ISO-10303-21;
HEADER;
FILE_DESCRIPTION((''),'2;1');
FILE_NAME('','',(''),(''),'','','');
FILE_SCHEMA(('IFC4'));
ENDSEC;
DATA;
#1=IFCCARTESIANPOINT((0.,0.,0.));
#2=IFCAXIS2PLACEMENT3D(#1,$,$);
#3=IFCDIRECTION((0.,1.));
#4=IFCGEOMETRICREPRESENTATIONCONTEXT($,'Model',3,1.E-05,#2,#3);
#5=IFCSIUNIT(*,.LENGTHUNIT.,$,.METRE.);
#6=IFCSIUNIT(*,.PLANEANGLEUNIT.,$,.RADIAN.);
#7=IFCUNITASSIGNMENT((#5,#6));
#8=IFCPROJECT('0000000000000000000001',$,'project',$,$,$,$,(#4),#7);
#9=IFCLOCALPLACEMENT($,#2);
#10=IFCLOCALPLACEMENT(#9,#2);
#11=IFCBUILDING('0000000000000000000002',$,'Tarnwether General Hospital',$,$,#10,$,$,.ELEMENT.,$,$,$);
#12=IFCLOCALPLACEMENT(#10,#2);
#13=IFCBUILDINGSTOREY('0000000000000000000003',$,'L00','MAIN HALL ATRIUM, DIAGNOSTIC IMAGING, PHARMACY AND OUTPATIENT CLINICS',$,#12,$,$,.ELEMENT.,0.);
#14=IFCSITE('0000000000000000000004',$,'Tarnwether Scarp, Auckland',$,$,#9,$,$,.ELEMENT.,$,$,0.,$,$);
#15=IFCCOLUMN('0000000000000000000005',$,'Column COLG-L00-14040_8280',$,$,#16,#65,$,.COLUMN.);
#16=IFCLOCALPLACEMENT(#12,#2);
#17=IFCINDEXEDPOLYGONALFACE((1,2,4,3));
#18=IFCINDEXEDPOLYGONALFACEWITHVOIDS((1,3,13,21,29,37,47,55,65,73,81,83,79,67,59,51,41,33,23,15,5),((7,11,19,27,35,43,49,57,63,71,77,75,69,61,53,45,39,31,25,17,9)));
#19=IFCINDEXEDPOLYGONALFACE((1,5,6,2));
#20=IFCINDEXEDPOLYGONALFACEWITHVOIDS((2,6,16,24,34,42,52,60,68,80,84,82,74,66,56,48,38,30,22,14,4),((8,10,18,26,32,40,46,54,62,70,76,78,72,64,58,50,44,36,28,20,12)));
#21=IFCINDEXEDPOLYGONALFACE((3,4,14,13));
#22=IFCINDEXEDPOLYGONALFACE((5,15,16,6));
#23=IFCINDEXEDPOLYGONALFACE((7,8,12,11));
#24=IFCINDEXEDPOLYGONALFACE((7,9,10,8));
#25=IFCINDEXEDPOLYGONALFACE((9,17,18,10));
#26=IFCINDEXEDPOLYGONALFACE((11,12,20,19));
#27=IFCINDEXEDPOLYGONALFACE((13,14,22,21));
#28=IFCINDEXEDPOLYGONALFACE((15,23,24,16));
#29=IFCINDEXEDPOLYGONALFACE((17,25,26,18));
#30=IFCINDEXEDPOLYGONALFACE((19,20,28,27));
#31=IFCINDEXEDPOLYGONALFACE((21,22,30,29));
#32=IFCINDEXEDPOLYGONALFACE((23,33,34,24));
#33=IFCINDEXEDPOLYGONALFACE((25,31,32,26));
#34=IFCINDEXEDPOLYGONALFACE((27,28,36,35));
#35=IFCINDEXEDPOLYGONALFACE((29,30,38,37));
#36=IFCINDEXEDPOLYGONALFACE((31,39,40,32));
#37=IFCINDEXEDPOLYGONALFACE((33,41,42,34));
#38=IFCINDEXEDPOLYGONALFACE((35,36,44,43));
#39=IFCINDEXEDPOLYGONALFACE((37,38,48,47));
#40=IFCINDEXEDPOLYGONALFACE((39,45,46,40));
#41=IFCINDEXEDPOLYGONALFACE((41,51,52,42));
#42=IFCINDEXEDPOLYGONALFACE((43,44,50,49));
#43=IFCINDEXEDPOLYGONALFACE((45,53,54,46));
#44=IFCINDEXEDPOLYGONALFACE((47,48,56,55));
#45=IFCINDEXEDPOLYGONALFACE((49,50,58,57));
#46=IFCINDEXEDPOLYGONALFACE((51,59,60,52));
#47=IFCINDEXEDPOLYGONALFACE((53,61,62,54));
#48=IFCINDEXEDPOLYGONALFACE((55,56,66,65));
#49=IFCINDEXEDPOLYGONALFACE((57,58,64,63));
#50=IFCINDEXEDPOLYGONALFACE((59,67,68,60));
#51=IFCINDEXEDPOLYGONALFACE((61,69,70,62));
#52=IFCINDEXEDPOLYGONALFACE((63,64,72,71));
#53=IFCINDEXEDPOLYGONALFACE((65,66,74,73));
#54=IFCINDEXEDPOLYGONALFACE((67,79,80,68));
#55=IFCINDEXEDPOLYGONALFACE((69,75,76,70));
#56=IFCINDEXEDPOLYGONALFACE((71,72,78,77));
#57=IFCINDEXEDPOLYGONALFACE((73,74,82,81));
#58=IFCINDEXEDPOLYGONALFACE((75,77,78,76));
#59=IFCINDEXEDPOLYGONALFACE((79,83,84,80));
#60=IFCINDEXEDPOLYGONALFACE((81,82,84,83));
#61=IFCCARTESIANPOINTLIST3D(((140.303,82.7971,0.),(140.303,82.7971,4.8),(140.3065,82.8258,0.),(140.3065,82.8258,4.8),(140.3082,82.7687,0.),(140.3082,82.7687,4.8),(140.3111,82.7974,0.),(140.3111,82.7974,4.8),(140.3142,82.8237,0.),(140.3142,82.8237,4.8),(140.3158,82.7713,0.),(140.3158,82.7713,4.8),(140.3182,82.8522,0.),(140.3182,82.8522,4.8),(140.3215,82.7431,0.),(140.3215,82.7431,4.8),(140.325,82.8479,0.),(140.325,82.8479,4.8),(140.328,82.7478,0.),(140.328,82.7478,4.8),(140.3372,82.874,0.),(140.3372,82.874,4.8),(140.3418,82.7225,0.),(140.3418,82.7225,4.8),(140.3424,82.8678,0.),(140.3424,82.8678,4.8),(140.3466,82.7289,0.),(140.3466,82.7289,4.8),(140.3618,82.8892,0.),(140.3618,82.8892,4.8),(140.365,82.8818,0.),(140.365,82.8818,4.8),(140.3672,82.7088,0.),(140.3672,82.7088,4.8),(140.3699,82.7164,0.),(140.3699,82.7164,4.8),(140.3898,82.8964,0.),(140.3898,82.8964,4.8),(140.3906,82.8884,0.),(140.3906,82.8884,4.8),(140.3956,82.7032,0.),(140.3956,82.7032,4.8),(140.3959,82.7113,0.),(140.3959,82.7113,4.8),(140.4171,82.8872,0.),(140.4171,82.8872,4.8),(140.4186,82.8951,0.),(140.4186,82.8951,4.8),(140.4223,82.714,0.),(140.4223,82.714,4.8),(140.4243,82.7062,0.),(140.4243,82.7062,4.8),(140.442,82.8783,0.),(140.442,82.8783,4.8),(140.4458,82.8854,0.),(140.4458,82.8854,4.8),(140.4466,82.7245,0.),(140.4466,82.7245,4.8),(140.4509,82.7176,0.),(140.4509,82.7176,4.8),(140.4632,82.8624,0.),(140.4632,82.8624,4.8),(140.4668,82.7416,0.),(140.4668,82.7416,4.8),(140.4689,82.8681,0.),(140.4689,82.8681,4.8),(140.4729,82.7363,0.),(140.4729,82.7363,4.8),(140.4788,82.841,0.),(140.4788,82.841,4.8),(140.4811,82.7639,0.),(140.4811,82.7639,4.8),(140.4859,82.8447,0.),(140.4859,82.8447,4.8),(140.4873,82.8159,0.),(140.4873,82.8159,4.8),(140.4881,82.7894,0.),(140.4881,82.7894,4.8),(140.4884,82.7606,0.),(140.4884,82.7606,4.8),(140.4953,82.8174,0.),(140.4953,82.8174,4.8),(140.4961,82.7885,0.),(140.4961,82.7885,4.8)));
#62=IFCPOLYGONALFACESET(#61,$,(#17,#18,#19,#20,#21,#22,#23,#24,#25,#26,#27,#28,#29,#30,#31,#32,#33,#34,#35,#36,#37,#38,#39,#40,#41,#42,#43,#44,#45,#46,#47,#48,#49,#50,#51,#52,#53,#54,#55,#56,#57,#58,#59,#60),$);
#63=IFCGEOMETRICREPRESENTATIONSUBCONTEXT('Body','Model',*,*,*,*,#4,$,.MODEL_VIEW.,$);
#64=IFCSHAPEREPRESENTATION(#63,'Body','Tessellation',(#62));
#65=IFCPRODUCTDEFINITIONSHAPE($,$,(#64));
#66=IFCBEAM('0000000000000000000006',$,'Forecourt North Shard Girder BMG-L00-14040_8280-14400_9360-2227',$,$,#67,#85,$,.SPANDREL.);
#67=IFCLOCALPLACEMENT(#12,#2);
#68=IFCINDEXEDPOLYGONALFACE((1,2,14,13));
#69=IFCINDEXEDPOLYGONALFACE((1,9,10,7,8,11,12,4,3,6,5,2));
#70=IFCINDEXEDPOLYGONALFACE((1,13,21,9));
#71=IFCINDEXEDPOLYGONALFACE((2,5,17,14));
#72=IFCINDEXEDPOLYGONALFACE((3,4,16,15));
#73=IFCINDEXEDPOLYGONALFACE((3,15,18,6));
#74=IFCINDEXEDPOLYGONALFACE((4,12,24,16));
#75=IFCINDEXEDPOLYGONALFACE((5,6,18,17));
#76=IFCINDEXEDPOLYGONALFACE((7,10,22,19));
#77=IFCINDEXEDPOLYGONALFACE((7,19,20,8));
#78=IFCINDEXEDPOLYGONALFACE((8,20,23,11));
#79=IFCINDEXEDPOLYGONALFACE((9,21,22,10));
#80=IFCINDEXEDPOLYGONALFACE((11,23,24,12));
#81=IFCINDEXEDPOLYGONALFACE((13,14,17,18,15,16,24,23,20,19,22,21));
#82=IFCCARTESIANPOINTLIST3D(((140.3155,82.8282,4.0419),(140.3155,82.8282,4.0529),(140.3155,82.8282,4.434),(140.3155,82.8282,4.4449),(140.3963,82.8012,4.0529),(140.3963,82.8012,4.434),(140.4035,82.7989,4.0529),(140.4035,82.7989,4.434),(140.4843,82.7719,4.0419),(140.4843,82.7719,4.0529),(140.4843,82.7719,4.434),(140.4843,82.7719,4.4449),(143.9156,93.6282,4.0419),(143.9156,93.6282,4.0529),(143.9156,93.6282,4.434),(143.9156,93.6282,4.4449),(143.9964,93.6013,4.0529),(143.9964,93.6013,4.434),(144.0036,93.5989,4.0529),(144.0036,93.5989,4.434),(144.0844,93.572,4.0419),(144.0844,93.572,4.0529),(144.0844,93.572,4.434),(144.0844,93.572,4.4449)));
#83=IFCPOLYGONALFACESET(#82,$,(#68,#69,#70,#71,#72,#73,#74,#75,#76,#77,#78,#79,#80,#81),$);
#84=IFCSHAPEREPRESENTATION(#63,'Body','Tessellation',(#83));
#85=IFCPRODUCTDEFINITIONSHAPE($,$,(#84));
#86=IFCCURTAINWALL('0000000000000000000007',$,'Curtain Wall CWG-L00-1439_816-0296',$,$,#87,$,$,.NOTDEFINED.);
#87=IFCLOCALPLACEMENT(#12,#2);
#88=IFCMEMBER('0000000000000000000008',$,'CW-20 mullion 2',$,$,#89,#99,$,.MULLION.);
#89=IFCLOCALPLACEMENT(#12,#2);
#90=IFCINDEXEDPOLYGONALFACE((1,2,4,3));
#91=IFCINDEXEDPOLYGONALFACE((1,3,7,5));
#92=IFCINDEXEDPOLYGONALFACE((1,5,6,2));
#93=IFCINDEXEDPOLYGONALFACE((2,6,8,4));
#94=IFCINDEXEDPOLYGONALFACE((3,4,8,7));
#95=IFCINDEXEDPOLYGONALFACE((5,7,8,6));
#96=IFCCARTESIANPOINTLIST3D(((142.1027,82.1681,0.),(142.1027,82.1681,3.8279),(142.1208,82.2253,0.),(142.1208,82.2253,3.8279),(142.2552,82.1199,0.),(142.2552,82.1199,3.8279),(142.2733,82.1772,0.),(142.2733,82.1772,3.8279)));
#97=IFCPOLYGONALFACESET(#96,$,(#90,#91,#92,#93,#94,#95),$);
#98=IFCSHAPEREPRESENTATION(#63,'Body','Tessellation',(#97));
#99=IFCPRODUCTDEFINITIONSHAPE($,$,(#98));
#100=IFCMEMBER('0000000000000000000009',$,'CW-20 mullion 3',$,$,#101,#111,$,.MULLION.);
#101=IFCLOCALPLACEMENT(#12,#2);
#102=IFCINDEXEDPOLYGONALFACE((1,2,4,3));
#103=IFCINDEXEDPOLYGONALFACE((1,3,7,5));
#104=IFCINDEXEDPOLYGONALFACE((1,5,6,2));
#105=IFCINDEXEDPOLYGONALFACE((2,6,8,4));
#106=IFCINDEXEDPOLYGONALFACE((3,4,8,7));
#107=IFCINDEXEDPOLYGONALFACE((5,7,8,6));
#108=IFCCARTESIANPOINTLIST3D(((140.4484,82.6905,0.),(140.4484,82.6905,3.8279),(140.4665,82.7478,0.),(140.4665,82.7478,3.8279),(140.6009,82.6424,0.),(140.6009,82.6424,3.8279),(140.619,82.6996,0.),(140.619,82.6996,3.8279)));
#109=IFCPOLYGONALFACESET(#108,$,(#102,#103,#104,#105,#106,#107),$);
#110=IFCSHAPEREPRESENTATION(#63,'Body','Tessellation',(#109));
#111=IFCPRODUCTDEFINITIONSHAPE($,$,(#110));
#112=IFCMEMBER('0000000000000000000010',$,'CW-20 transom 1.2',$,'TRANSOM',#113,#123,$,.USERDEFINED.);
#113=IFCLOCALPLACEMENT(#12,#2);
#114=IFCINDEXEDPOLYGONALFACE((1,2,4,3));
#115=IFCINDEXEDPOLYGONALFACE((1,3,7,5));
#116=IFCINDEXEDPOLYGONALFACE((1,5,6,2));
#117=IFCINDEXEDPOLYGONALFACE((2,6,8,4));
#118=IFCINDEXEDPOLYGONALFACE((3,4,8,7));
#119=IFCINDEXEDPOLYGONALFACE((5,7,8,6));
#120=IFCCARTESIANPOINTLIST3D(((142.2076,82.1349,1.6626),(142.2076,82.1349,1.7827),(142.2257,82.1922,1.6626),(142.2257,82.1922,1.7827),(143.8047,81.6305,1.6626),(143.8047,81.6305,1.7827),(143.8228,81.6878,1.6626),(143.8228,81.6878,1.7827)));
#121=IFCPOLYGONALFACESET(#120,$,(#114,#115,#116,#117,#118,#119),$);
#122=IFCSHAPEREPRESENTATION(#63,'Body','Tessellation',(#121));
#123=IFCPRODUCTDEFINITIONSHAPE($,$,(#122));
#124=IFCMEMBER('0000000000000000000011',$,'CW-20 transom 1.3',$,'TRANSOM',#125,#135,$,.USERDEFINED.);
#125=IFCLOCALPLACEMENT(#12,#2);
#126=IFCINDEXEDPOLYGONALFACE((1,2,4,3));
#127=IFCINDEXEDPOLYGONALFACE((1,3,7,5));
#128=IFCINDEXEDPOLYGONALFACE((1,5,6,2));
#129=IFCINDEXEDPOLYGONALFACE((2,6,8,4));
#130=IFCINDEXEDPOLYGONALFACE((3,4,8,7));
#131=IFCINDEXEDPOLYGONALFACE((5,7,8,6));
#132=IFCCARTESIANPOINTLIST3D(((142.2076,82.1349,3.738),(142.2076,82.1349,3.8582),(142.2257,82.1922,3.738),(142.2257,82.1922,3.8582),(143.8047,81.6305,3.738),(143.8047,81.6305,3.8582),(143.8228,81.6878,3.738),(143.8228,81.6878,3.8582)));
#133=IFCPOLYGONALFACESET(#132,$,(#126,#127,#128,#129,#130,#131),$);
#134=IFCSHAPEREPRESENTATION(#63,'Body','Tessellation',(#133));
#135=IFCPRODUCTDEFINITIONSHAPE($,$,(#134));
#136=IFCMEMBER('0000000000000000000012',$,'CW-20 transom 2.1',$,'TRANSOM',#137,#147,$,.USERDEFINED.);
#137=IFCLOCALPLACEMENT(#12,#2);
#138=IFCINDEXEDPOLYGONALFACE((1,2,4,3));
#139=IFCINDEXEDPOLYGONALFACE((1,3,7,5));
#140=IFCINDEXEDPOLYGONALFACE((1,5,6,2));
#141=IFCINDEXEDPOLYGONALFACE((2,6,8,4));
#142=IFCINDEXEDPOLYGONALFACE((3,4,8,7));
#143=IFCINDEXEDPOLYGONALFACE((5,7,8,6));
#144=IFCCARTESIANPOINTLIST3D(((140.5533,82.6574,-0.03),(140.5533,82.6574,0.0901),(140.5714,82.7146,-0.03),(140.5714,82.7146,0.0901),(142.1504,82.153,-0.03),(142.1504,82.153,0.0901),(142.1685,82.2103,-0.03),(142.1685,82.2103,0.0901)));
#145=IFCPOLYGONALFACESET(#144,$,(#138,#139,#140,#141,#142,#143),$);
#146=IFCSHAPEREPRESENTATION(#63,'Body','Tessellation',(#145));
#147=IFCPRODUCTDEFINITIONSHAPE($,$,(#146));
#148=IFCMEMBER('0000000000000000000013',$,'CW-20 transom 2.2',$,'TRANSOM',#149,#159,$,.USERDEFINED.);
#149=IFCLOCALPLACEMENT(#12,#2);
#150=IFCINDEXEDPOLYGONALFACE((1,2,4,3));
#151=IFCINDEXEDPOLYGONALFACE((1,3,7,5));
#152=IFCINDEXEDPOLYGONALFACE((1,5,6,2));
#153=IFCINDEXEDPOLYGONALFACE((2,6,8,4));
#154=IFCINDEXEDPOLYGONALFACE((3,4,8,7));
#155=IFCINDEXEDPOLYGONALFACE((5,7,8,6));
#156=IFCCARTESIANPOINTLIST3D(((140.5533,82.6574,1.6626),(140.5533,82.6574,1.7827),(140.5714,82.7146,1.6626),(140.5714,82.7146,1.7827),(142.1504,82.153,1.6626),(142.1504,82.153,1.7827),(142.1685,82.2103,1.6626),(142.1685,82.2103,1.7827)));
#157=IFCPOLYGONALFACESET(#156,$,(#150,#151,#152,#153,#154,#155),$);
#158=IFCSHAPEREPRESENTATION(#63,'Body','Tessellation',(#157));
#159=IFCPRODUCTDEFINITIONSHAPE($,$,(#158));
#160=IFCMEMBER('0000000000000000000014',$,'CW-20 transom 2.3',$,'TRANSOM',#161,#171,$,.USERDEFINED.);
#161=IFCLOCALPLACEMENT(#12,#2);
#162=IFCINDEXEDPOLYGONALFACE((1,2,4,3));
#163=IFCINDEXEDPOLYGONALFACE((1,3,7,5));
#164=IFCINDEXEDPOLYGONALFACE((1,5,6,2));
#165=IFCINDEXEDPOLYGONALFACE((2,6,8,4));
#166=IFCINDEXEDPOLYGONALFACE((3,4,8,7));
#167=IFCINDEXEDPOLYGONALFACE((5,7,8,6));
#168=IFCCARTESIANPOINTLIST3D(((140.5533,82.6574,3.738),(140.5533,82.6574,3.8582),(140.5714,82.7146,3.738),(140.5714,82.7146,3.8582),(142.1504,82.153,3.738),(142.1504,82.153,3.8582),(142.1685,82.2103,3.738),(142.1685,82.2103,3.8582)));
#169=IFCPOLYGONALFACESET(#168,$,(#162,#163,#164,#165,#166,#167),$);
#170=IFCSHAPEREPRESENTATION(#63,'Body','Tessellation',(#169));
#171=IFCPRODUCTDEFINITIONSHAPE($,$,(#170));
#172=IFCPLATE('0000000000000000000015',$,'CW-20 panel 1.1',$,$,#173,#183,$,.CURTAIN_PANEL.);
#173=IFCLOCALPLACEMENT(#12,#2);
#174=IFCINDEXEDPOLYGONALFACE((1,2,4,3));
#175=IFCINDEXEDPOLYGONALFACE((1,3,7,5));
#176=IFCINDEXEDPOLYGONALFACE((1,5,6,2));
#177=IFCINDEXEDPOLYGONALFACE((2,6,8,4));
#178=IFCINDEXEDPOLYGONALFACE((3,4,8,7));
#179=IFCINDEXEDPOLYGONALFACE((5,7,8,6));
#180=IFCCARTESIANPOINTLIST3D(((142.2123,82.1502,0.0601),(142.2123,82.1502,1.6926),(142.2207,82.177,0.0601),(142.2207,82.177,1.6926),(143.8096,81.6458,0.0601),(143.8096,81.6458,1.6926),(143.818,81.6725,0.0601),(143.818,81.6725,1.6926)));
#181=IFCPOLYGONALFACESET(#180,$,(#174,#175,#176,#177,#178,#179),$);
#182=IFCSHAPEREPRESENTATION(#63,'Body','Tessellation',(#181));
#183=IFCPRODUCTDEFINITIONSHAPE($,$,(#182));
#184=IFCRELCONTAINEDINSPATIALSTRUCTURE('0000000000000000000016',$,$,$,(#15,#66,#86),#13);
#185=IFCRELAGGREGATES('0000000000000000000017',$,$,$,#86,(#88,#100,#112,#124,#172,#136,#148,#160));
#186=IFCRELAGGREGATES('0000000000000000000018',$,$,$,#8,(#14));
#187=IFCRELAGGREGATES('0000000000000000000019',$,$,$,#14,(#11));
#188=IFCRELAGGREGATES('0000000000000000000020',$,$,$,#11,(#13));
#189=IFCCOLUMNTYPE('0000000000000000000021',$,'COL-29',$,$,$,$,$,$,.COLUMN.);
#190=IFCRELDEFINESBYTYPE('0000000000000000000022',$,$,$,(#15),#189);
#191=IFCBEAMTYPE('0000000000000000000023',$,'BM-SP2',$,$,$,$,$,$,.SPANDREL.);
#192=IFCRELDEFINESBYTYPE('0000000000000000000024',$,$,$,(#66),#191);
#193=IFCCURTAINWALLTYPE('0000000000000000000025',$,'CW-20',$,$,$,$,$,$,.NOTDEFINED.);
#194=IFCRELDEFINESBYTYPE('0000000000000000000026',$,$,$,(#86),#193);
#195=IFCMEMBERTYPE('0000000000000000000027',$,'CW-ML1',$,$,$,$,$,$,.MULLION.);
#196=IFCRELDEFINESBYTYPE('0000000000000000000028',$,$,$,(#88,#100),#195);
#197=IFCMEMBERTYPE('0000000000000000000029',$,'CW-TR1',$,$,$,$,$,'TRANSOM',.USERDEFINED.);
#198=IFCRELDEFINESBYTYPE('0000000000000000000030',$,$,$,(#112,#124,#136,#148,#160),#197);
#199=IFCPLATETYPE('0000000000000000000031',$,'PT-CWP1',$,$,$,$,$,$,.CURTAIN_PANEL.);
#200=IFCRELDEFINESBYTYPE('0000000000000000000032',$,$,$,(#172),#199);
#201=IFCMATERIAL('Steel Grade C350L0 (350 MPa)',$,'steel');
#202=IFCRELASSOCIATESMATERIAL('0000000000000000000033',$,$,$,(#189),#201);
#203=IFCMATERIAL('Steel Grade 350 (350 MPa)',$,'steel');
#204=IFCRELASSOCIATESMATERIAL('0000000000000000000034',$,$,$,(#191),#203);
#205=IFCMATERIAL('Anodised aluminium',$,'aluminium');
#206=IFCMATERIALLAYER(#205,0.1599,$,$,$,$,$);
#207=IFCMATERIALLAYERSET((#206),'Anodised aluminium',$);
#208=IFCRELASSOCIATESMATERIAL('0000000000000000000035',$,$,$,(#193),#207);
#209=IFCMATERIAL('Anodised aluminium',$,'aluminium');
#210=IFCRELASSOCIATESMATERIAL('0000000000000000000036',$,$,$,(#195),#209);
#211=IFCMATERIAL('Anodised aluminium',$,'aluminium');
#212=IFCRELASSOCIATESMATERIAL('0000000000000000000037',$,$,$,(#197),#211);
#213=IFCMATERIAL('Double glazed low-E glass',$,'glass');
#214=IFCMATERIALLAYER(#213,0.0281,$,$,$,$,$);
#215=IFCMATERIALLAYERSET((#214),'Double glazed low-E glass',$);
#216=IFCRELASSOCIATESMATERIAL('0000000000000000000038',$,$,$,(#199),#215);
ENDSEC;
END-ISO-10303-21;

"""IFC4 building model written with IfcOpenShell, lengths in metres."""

from ifc_helpers import new_model, si_unit, direction, frame, origin, origin_2d, place, context, subcontext, project, spatial, rectangle, hollow_circle, i_section, extrude, material, layer, layer_set, material_profile, profile_set, type_object, element, aggregate, save


model = new_model("IFC4")

# Units and contexts
model_context = context("Model", 3, precision=1e-05, world=origin(), true_north=direction((0.0, 1.0)))
body_context = subcontext(model_context, "Body", "Model", "MODEL_VIEW")
ifc_project = project(units=[si_unit("LENGTHUNIT", "METRE"), si_unit("PLANEANGLEUNIT", "RADIAN")], contexts=[model_context])

# Site, building, storey
site_placement = place(None, origin())
site = spatial("IfcSite", under=ifc_project, at=site_placement, Name="Tarnwether Scarp, Auckland", CompositionType="ELEMENT", RefElevation=0.0)
building_placement = place(site_placement, origin())
building = spatial("IfcBuilding", under=site, at=building_placement, Name="Tarnwether General Hospital", CompositionType="ELEMENT")
storey_placement = place(building_placement, origin())
storey = spatial("IfcBuildingStorey", under=building, at=storey_placement, Name="L00", Description="MAIN HALL ATRIUM, DIAGNOSTIC IMAGING, PHARMACY AND OUTPATIENT CLINICS", CompositionType="ELEMENT", Elevation=0.0)

# Column
ifc_material_1 = material(Name="Steel Grade C350L0 (350 MPa)", Category="steel")
ifc_material_profile_1 = material_profile(ifc_material_1, hollow_circle(Radius=0.0969, WallThickness=0.0081, at=origin_2d()), Name="CHS193.7x8.0")
ifc_profile_set_1 = profile_set([ifc_material_profile_1], Name="Steel Grade C350L0 (350 MPa)")
column_type = type_object("IfcColumnType", Name="COL-29", PredefinedType="COLUMN", material=ifc_profile_set_1)
column_placement = place(storey_placement, frame((140.3999, 82.8, 0.0), z_axis=(0.0, 0.0, 1.0), x_axis=(0.913545, -0.406737, 0.0)))
element("IfcColumn", 1, at=column_placement, inside=storey, type_object=column_type, Name="Column COLG-L00-14040_8280", PredefinedType="COLUMN", context=body_context, shape_type="SweptSolid", body=[
    extrude(hollow_circle(Radius=0.0969, WallThickness=0.0081, at=origin_2d()), origin(), (0.0, 0.0, 1.0), 4.8),
])

# Beam
ifc_material_2 = material(Name="Steel Grade 350 (350 MPa)", Category="steel")
ifc_material_profile_2 = material_profile(ifc_material_2, i_section(OverallWidth=0.178, OverallDepth=0.4031, WebThickness=0.0076, FlangeThickness=0.011, at=origin_2d()), Name="410UB53.7")
ifc_profile_set_2 = profile_set([ifc_material_profile_2], Name="Steel Grade 350 (350 MPa)")
beam_type = type_object("IfcBeamType", Name="BM-SP2", PredefinedType="SPANDREL", material=ifc_profile_set_2)
beam_placement = place(storey_placement, frame((140.3999, 82.8, 4.2434), z_axis=(0.316234, 0.948681, 0.0), x_axis=(-0.948681, 0.316234, 0.0)))
element("IfcBeam", 2, at=beam_placement, inside=storey, type_object=beam_type, Name="Forecourt North Shard Girder BMG-L00-14040_8280-14400_9360-2227", PredefinedType="SPANDREL", context=body_context, shape_type="SweptSolid", body=[
    extrude(i_section(OverallWidth=0.178, OverallDepth=0.4031, WebThickness=0.0076, FlangeThickness=0.011, at=origin_2d()), origin(), (0.0, 0.0, 1.0), 11.3843),
])

# Curtain wall, members, plate
ifc_material_3 = material(Name="Anodised aluminium", Category="aluminium")
ifc_layer_1 = layer(ifc_material_3, 0.1599)
ifc_layer_set_1 = layer_set([ifc_layer_1], Name="Anodised aluminium")
curtain_wall_type = type_object("IfcCurtainWallType", Name="CW-20", PredefinedType="NOTDEFINED", material=ifc_layer_set_1)
curtain_wall_placement = place(storey_placement, origin())
curtain_wall = element("IfcCurtainWall", 3, at=curtain_wall_placement, inside=storey, type_object=curtain_wall_type, Name="Curtain Wall CWG-L00-1439_816-0296", PredefinedType="NOTDEFINED")
ifc_material_4 = material(Name="Anodised aluminium", Category="aluminium")
ifc_material_profile_3 = material_profile(ifc_material_4, rectangle(XDim=0.0601, YDim=0.1599, at=origin_2d()), Name="ALU-MUL-60x160")
ifc_profile_set_3 = profile_set([ifc_material_profile_3], Name="Anodised aluminium")
member_type_1 = type_object("IfcMemberType", Name="CW-ML1", PredefinedType="MULLION", material=ifc_profile_set_3)
member_1_placement = place(storey_placement, frame((142.188, 82.1726, 0.0), z_axis=(0.0, 0.0, 1.0), x_axis=(-0.301145, -0.953578, 0.0)))
member_1 = element("IfcMember", 4, at=member_1_placement, type_object=member_type_1, Name="CW-20 mullion 2", PredefinedType="MULLION", context=body_context, shape_type="SweptSolid", body=[
    extrude(rectangle(XDim=0.0601, YDim=0.1599, at=origin_2d()), origin(), (0.0, 0.0, 1.0), 3.8279),
])
member_2_placement = place(storey_placement, frame((140.5337, 82.6951, 0.0), z_axis=(0.0, 0.0, 1.0), x_axis=(-0.301145, -0.953578, 0.0)))
member_2 = element("IfcMember", 5, at=member_2_placement, type_object=member_type_1, Name="CW-20 mullion 3", PredefinedType="MULLION", context=body_context, shape_type="SweptSolid", body=[
    extrude(rectangle(XDim=0.0601, YDim=0.1599, at=origin_2d()), origin(), (0.0, 0.0, 1.0), 3.8279),
])
ifc_material_5 = material(Name="Anodised aluminium", Category="aluminium")
ifc_material_profile_4 = material_profile(ifc_material_5, rectangle(XDim=0.0601, YDim=0.1201, at=origin_2d()), Name="ALU-TRN-60x120")
ifc_profile_set_4 = profile_set([ifc_material_profile_4], Name="Anodised aluminium")
member_type_2 = type_object("IfcMemberType", Name="CW-TR1", ElementType="TRANSOM", PredefinedType="USERDEFINED", material=ifc_profile_set_4)
member_3_placement = place(storey_placement, frame((143.8137, 81.6592, 1.7227), z_axis=(-0.953578, 0.301145, 0.0), x_axis=(-0.301145, -0.953578, 0.0)))
member_3 = element("IfcMember", 6, at=member_3_placement, type_object=member_type_2, Name="CW-20 transom 1.2", ObjectType="TRANSOM", PredefinedType="USERDEFINED", context=body_context, shape_type="SweptSolid", body=[
    extrude(rectangle(XDim=0.0601, YDim=0.1201, at=origin_2d()), origin(), (0.0, 0.0, 1.0), 1.6748),
])
member_4_placement = place(storey_placement, frame((143.8137, 81.6592, 3.7981), z_axis=(-0.953578, 0.301145, 0.0), x_axis=(-0.301145, -0.953578, 0.0)))
member_4 = element("IfcMember", 7, at=member_4_placement, type_object=member_type_2, Name="CW-20 transom 1.3", ObjectType="TRANSOM", PredefinedType="USERDEFINED", context=body_context, shape_type="SweptSolid", body=[
    extrude(rectangle(XDim=0.0601, YDim=0.1201, at=origin_2d()), origin(), (0.0, 0.0, 1.0), 1.6748),
])
member_5_placement = place(storey_placement, frame((142.1594, 82.1816, 0.03), z_axis=(-0.953578, 0.301145, 0.0), x_axis=(-0.301145, -0.953578, 0.0)))
member_5 = element("IfcMember", 8, at=member_5_placement, type_object=member_type_2, Name="CW-20 transom 2.1", ObjectType="TRANSOM", PredefinedType="USERDEFINED", context=body_context, shape_type="SweptSolid", body=[
    extrude(rectangle(XDim=0.0601, YDim=0.1201, at=origin_2d()), origin(), (0.0, 0.0, 1.0), 1.6748),
])
member_6_placement = place(storey_placement, frame((142.1594, 82.1816, 1.7227), z_axis=(-0.953578, 0.301145, 0.0), x_axis=(-0.301145, -0.953578, 0.0)))
member_6 = element("IfcMember", 9, at=member_6_placement, type_object=member_type_2, Name="CW-20 transom 2.2", ObjectType="TRANSOM", PredefinedType="USERDEFINED", context=body_context, shape_type="SweptSolid", body=[
    extrude(rectangle(XDim=0.0601, YDim=0.1201, at=origin_2d()), origin(), (0.0, 0.0, 1.0), 1.6748),
])
member_7_placement = place(storey_placement, frame((142.1594, 82.1816, 3.7981), z_axis=(-0.953578, 0.301145, 0.0), x_axis=(-0.301145, -0.953578, 0.0)))
member_7 = element("IfcMember", 10, at=member_7_placement, type_object=member_type_2, Name="CW-20 transom 2.3", ObjectType="TRANSOM", PredefinedType="USERDEFINED", context=body_context, shape_type="SweptSolid", body=[
    extrude(rectangle(XDim=0.0601, YDim=0.1201, at=origin_2d()), origin(), (0.0, 0.0, 1.0), 1.6748),
])
ifc_material_6 = material(Name="Double glazed low-E glass", Category="glass")
ifc_layer_2 = layer(ifc_material_6, 0.0281)
ifc_layer_set_2 = layer_set([ifc_layer_2], Name="Double glazed low-E glass")
plate_type = type_object("IfcPlateType", Name="PT-CWP1", PredefinedType="CURTAIN_PANEL", material=ifc_layer_set_2)
plate_1_placement = place(storey_placement, frame((143.0151, 81.9114, 0.0601), z_axis=(0.0, 0.0, 1.0), x_axis=(-0.953578, 0.301145, 0.0)))
plate_1 = element("IfcPlate", 11, at=plate_1_placement, type_object=plate_type, Name="CW-20 panel 1.1", PredefinedType="CURTAIN_PANEL", context=body_context, shape_type="SweptSolid", body=[
    extrude(rectangle(XDim=1.675, YDim=0.0281, at=origin_2d()), origin(), (0.0, 0.0, 1.0), 1.6326),
])
aggregate(curtain_wall, [member_1, member_2, member_3, member_4, plate_1, member_5, member_6, member_7])

save(model, "model.ifc")
